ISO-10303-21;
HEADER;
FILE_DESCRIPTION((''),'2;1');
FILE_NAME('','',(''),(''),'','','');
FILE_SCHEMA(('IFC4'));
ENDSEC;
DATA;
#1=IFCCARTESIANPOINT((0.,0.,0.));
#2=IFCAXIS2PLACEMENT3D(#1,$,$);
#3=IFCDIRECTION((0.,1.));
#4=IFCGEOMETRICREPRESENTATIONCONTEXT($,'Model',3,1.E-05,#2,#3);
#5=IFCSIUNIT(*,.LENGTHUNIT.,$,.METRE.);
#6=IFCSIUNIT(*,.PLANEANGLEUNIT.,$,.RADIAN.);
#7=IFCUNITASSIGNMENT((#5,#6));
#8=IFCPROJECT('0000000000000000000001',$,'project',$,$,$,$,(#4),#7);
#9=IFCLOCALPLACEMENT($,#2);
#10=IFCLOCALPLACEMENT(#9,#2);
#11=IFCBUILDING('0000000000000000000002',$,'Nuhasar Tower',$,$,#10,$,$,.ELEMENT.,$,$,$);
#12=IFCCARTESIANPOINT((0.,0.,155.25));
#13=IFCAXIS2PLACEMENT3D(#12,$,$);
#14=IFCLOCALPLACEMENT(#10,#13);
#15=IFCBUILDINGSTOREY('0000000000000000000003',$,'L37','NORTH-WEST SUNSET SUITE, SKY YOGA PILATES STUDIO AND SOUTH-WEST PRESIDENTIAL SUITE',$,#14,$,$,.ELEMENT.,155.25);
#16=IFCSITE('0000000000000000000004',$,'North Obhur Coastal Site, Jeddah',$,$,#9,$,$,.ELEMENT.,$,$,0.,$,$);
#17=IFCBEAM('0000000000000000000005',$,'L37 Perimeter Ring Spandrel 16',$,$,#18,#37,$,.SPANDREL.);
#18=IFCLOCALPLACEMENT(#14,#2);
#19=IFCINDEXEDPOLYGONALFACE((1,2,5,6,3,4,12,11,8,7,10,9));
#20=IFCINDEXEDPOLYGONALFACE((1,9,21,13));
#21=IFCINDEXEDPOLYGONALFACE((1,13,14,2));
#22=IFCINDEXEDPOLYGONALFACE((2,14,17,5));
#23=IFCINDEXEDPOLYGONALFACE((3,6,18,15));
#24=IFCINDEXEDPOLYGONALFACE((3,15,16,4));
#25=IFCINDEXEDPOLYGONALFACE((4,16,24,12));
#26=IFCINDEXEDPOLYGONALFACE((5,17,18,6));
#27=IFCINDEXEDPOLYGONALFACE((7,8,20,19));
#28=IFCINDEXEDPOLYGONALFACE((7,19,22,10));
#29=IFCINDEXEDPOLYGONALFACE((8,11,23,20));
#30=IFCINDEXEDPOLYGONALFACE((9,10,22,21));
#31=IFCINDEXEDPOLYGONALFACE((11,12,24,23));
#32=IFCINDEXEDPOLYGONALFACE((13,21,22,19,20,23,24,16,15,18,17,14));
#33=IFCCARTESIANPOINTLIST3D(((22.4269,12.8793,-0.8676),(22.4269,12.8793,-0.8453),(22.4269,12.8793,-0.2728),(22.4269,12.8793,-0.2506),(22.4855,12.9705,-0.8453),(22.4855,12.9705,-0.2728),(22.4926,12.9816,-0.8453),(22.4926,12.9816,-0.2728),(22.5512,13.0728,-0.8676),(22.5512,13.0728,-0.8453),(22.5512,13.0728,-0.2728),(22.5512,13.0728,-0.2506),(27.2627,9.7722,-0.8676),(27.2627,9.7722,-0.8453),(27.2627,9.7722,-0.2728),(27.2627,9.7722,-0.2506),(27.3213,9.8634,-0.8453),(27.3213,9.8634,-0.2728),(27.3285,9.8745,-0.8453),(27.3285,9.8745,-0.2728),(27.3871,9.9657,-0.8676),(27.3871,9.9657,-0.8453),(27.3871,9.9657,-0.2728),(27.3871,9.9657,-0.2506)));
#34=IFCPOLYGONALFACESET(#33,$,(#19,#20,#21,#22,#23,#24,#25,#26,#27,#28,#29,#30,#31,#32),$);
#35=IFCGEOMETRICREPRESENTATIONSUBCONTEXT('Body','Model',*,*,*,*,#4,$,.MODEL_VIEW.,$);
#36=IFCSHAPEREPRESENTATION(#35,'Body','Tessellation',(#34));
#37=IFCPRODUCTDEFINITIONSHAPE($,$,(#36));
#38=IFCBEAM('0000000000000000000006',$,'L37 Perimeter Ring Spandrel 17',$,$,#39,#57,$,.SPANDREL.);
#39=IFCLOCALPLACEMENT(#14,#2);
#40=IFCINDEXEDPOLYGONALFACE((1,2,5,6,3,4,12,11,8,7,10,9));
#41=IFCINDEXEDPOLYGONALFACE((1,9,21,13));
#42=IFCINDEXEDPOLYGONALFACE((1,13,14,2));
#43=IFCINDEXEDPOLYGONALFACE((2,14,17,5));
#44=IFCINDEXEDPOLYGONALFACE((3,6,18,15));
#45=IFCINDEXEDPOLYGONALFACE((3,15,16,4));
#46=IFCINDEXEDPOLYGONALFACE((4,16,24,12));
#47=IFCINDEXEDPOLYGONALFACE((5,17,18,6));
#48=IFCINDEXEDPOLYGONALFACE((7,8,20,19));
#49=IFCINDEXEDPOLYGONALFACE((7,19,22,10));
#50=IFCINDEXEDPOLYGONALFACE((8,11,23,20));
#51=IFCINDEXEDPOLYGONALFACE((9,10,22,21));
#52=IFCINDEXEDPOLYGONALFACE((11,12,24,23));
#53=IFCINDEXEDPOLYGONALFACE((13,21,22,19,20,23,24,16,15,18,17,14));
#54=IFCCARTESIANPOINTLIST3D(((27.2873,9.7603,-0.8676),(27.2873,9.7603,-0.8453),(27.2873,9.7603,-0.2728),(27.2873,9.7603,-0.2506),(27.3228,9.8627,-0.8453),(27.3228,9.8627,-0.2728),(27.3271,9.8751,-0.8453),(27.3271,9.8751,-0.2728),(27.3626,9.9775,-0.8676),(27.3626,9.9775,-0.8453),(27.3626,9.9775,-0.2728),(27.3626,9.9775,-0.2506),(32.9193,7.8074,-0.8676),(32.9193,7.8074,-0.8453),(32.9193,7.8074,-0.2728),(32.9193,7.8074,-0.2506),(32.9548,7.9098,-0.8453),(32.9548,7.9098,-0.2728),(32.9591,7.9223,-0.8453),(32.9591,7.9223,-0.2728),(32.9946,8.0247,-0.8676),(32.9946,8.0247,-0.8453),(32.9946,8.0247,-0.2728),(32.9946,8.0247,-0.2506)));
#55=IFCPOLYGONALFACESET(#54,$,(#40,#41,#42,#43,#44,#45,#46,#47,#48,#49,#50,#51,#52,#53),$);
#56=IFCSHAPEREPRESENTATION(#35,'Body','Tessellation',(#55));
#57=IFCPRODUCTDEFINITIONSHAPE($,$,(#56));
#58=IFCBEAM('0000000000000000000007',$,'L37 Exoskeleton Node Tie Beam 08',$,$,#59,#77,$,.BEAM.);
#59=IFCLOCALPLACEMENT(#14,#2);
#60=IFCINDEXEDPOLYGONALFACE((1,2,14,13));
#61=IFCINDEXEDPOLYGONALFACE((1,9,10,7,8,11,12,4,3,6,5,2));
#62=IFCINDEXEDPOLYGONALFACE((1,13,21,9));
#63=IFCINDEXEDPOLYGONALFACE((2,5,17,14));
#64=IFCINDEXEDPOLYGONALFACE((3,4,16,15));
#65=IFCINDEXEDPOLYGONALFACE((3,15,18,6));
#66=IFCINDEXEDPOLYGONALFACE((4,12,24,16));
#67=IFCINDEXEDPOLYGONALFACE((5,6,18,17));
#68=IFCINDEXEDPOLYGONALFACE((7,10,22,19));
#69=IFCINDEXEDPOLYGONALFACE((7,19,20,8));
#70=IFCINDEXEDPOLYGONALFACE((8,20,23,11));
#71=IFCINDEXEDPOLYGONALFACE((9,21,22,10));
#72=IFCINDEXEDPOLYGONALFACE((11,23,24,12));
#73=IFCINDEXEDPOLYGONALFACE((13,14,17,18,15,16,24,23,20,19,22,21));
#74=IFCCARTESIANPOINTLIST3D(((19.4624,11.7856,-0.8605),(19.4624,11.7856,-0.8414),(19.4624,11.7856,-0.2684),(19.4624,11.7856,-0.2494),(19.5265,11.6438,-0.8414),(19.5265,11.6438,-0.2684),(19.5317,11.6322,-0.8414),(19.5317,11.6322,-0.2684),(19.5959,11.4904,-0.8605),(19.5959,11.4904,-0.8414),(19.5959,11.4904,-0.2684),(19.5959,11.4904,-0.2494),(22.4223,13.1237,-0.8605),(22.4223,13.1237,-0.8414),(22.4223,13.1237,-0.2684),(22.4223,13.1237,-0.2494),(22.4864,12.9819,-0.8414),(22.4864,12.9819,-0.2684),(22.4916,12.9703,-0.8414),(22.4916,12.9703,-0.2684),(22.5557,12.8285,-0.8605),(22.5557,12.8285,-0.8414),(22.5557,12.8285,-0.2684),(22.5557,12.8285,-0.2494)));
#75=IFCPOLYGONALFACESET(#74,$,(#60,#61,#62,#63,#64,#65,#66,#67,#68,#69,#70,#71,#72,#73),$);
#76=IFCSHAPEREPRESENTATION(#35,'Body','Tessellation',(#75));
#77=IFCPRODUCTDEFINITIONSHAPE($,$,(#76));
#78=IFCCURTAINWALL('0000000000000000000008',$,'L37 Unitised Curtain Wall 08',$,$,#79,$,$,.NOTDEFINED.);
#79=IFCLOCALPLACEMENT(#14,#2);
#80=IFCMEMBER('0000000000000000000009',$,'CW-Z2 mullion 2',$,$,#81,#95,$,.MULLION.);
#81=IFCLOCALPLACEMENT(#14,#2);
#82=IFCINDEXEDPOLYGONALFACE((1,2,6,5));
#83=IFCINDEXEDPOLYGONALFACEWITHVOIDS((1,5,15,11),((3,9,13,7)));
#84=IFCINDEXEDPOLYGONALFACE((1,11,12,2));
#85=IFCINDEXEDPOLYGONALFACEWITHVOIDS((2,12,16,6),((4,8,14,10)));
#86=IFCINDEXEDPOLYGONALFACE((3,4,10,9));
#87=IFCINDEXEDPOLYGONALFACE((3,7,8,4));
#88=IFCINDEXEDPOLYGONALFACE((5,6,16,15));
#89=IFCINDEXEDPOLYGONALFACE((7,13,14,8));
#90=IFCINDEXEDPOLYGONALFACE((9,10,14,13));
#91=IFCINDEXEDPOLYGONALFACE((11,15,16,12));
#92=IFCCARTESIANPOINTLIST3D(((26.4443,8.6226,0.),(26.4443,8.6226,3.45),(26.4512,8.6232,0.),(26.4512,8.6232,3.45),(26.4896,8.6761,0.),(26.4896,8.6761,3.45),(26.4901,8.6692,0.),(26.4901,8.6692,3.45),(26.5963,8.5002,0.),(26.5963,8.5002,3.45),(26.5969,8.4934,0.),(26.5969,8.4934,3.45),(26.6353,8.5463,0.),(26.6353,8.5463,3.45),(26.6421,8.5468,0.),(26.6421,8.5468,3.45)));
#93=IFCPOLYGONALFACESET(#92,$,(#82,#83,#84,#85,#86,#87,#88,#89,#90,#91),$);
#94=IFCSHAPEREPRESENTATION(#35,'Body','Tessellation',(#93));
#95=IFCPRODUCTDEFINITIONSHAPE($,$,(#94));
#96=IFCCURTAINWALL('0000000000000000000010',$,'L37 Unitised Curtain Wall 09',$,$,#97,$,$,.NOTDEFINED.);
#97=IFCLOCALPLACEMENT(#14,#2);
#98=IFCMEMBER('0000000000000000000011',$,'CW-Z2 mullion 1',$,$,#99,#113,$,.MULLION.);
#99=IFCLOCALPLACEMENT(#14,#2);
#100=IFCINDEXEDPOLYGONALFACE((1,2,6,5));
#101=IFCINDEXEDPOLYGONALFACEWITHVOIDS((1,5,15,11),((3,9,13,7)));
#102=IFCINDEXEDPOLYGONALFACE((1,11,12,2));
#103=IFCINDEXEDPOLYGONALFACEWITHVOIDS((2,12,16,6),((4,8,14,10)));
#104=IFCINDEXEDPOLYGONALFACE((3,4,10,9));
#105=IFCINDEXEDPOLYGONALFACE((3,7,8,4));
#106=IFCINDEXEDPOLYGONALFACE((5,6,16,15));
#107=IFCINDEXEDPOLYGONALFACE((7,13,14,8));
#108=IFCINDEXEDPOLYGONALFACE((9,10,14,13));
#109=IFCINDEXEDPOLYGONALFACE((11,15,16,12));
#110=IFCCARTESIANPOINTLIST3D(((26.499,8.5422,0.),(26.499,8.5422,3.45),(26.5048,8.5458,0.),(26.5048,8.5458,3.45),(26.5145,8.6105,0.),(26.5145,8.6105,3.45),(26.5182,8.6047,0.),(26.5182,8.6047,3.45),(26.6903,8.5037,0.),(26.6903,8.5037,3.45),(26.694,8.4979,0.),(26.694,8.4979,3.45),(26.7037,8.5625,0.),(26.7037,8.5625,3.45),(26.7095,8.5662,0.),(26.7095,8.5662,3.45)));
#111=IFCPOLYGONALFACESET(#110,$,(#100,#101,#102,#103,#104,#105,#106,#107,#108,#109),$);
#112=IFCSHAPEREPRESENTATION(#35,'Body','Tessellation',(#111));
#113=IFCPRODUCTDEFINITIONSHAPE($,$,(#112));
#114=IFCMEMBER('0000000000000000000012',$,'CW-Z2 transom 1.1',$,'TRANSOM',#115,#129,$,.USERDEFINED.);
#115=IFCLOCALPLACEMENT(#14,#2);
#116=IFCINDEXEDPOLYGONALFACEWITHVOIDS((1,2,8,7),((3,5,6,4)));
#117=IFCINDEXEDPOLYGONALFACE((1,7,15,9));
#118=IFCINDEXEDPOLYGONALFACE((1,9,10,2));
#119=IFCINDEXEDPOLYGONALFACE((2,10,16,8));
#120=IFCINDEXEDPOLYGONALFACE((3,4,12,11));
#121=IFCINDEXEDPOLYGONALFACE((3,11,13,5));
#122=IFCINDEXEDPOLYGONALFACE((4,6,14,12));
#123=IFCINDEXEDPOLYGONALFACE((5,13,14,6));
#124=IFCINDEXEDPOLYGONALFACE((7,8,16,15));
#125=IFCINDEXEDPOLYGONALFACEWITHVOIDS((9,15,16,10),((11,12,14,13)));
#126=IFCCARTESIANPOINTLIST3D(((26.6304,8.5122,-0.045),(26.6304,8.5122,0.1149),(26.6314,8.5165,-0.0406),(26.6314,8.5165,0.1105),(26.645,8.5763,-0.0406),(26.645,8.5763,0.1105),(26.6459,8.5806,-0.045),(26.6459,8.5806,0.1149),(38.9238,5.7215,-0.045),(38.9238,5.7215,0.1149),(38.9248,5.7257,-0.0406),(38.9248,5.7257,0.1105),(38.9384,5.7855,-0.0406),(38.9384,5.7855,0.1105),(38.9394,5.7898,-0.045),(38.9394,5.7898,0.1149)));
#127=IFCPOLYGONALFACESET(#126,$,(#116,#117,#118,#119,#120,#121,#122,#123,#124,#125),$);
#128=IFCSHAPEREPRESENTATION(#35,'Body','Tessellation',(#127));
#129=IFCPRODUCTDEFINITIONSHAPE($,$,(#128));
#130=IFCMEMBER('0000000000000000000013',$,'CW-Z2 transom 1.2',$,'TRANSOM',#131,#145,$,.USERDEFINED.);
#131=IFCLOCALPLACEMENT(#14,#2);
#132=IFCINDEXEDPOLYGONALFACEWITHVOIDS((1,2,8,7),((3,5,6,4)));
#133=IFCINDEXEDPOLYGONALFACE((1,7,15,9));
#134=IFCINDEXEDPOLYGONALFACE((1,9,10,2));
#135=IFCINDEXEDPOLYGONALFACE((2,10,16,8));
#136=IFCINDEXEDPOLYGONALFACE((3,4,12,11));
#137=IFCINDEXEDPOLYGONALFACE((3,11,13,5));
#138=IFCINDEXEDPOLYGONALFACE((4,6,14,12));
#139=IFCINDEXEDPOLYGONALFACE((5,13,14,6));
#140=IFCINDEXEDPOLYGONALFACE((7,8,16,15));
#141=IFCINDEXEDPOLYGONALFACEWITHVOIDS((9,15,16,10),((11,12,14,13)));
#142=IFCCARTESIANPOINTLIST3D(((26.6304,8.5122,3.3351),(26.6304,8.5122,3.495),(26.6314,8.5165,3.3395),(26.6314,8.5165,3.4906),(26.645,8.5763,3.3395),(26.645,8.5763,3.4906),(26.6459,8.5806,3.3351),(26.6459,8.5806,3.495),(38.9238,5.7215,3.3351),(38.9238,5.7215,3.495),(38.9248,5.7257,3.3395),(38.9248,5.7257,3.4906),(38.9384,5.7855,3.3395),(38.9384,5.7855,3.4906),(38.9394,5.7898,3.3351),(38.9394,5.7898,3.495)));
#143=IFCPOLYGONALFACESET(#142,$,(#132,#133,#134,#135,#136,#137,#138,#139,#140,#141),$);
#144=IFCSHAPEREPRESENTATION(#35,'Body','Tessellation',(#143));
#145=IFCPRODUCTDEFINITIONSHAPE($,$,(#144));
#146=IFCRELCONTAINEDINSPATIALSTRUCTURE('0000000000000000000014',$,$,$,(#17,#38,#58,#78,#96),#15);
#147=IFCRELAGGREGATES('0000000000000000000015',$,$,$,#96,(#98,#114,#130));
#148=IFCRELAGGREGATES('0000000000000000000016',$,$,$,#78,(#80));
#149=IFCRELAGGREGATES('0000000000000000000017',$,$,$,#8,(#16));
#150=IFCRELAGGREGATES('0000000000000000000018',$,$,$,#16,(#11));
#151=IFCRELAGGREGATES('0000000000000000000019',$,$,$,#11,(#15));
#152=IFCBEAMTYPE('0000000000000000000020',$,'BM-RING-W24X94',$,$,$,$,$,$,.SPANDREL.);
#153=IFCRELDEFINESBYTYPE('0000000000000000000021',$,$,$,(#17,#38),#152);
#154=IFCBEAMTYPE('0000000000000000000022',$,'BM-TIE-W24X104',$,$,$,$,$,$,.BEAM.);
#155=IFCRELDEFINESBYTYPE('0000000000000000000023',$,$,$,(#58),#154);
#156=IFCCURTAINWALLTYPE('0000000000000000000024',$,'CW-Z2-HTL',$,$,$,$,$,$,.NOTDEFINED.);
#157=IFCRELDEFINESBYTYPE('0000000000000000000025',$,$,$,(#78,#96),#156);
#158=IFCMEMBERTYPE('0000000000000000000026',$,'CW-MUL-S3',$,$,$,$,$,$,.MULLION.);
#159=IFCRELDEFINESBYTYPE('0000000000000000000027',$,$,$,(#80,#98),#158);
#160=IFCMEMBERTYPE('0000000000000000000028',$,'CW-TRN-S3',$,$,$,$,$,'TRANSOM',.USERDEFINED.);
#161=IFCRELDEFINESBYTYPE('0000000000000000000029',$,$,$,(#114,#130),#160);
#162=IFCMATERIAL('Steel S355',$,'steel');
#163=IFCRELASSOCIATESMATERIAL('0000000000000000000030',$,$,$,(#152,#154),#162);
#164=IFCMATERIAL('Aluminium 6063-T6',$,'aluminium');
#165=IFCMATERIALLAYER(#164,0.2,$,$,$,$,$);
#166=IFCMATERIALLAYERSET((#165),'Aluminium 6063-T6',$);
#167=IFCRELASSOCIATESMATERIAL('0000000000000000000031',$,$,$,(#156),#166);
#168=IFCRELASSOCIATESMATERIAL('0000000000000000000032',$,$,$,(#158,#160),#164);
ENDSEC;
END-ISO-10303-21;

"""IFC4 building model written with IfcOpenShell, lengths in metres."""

from ifc_helpers import new_model, si_unit, direction, frame, origin, origin_2d, place, context, subcontext, project, spatial, hollow_rectangle, i_section, extrude, material, layer, layer_set, material_profile, profile_set, type_object, element, aggregate, save


model = new_model("IFC4")

# Units and contexts
model_context = context("Model", 3, precision=1e-05, world=origin(), true_north=direction((0.0, 1.0)))
body_context = subcontext(model_context, "Body", "Model", "MODEL_VIEW")
ifc_project = project(units=[si_unit("LENGTHUNIT", "METRE"), si_unit("PLANEANGLEUNIT", "RADIAN")], contexts=[model_context])

# Site, building, storey
site_placement = place(None, origin())
site = spatial("IfcSite", under=ifc_project, at=site_placement, Name="North Obhur Coastal Site, Jeddah", CompositionType="ELEMENT", RefElevation=0.0)
building_placement = place(site_placement, origin())
building = spatial("IfcBuilding", under=site, at=building_placement, Name="Nuhasar Tower", CompositionType="ELEMENT")
storey_placement = place(building_placement, frame((0.0, 0.0, 155.25)))
storey = spatial("IfcBuildingStorey", under=building, at=storey_placement, Name="L37", Description="NORTH-WEST SUNSET SUITE, SKY YOGA PILATES STUDIO AND SOUTH-WEST PRESIDENTIAL SUITE", CompositionType="ELEMENT", Elevation=155.25)

# Beams
ifc_material_1 = material(Name="Steel S355", Category="steel")
ifc_material_profile_1 = material_profile(ifc_material_1, i_section(OverallWidth=0.23, OverallDepth=0.6169, WebThickness=0.0132, FlangeThickness=0.0222, at=origin_2d()), Name="W24X94")
ifc_profile_set_1 = profile_set([ifc_material_profile_1], Name="Steel S355")
beam_type_1 = type_object("IfcBeamType", Name="BM-RING-W24X94", PredefinedType="SPANDREL", material=ifc_profile_set_1)
beam_1_placement = place(storey_placement, frame((22.489, 12.9761, -0.5591), z_axis=(0.841308, -0.540556, 0.0), x_axis=(0.540556, 0.841308, 0.0)))
element("IfcBeam", 1, at=beam_1_placement, inside=storey, type_object=beam_type_1, Name="L37 Perimeter Ring Spandrel 16", PredefinedType="SPANDREL", context=body_context, shape_type="SweptSolid", body=[
    extrude(i_section(OverallWidth=0.23, OverallDepth=0.6169, WebThickness=0.0132, FlangeThickness=0.0222, at=origin_2d()), origin(), (0.0, 0.0, 1.0), 5.748),
])
beam_2_placement = place(storey_placement, frame((27.325, 9.8689, -0.5591), z_axis=(0.944814, -0.327607, 0.0), x_axis=(0.327607, 0.944814, 0.0)))
element("IfcBeam", 2, at=beam_2_placement, inside=storey, type_object=beam_type_1, Name="L37 Perimeter Ring Spandrel 17", PredefinedType="SPANDREL", context=body_context, shape_type="SweptSolid", body=[
    extrude(i_section(OverallWidth=0.23, OverallDepth=0.6169, WebThickness=0.0132, FlangeThickness=0.0222, at=origin_2d()), origin(), (0.0, 0.0, 1.0), 5.9609),
])
ifc_material_profile_2 = material_profile(ifc_material_1, i_section(OverallWidth=0.324, OverallDepth=0.6111, WebThickness=0.0127, FlangeThickness=0.019, at=origin_2d()), Name="W24X104")
ifc_profile_set_2 = profile_set([ifc_material_profile_2], Name="Steel S355")
beam_type_2 = type_object("IfcBeamType", Name="BM-TIE-W24X104", PredefinedType="BEAM", material=ifc_profile_set_2)
beam_3_placement = place(storey_placement, frame((22.489, 12.9761, -0.5549), z_axis=(-0.911211, -0.411939, 0.0), x_axis=(0.411939, -0.911211, 0.0)))
element("IfcBeam", 3, at=beam_3_placement, inside=storey, type_object=beam_type_2, Name="L37 Exoskeleton Node Tie Beam 08", PredefinedType="BEAM", context=body_context, shape_type="SweptSolid", body=[
    extrude(i_section(OverallWidth=0.324, OverallDepth=0.6111, WebThickness=0.0127, FlangeThickness=0.019, at=origin_2d()), origin(), (0.0, 0.0, 1.0), 3.2483),
])

# Curtain wall, member
ifc_material_2 = material(Name="Aluminium 6063-T6", Category="aluminium")
ifc_layer_1 = layer(ifc_material_2, 0.2)
ifc_layer_set_1 = layer_set([ifc_layer_1], Name="Aluminium 6063-T6")
curtain_wall_type = type_object("IfcCurtainWallType", Name="CW-Z2-HTL", PredefinedType="NOTDEFINED", material=ifc_layer_set_1)
curtain_wall_1_placement = place(storey_placement, origin())
curtain_wall_1 = element("IfcCurtainWall", 4, at=curtain_wall_1_placement, inside=storey, type_object=curtain_wall_type, Name="L37 Unitised Curtain Wall 08", PredefinedType="NOTDEFINED")
ifc_material_profile_3 = material_profile(ifc_material_2, hollow_rectangle(XDim=0.0701, YDim=0.2, WallThickness=0.0049, at=origin_2d()), Name="CWM-3")
ifc_profile_set_3 = profile_set([ifc_material_profile_3], Name="Aluminium 6063-T6")
member_type_1 = type_object("IfcMemberType", Name="CW-MUL-S3", PredefinedType="MULLION", material=ifc_profile_set_3)
member_1_placement = place(storey_placement, frame((26.5432, 8.5847, 0.0), z_axis=(0.0, 0.0, 1.0), x_axis=(0.646374, 0.76302, 0.0)))
member_1 = element("IfcMember", 5, at=member_1_placement, type_object=member_type_1, Name="CW-Z2 mullion 2", PredefinedType="MULLION", context=body_context, shape_type="SweptSolid", body=[
    extrude(hollow_rectangle(XDim=0.0701, YDim=0.2, WallThickness=0.0049, at=origin_2d()), origin(), (0.0, 0.0, 1.0), 3.45),
])

# Curtain wall, members
curtain_wall_2_placement = place(storey_placement, origin())
curtain_wall_2 = element("IfcCurtainWall", 6, at=curtain_wall_2_placement, inside=storey, type_object=curtain_wall_type, Name="L37 Unitised Curtain Wall 09", PredefinedType="NOTDEFINED")
member_2_placement = place(storey_placement, frame((26.6042, 8.5542, 0.0), z_axis=(0.0, 0.0, 1.0), x_axis=(0.221397, 0.975184, 0.0)))
member_2 = element("IfcMember", 7, at=member_2_placement, type_object=member_type_1, Name="CW-Z2 mullion 1", PredefinedType="MULLION", context=body_context, shape_type="SweptSolid", body=[
    extrude(hollow_rectangle(XDim=0.0701, YDim=0.2, WallThickness=0.0049, at=origin_2d()), origin(), (0.0, 0.0, 1.0), 3.45),
])
ifc_material_profile_4 = material_profile(ifc_material_2, hollow_rectangle(XDim=0.0701, YDim=0.1599, WallThickness=0.0044, at=origin_2d()), Name="CWT-3")
ifc_profile_set_4 = profile_set([ifc_material_profile_4], Name="Aluminium 6063-T6")
member_type_2 = type_object("IfcMemberType", Name="CW-TRN-S3", ElementType="TRANSOM", PredefinedType="USERDEFINED", material=ifc_profile_set_4)
member_3_placement = place(storey_placement, frame((26.6382, 8.5464, 0.0349), z_axis=(0.975188, -0.22138, 0.0), x_axis=(0.22138, 0.975188, 0.0)))
member_3 = element("IfcMember", 8, at=member_3_placement, type_object=member_type_2, Name="CW-Z2 transom 1.1", ObjectType="TRANSOM", PredefinedType="USERDEFINED", context=body_context, shape_type="SweptSolid", body=[
    extrude(hollow_rectangle(XDim=0.0701, YDim=0.1599, WallThickness=0.0044, at=origin_2d()), origin(), (0.0, 0.0, 1.0), 12.6062),
])
member_4_placement = place(storey_placement, frame((26.6382, 8.5464, 3.415), z_axis=(0.975188, -0.22138, 0.0), x_axis=(0.22138, 0.975188, 0.0)))
member_4 = element("IfcMember", 9, at=member_4_placement, type_object=member_type_2, Name="CW-Z2 transom 1.2", ObjectType="TRANSOM", PredefinedType="USERDEFINED", context=body_context, shape_type="SweptSolid", body=[
    extrude(hollow_rectangle(XDim=0.0701, YDim=0.1599, WallThickness=0.0044, at=origin_2d()), origin(), (0.0, 0.0, 1.0), 12.6062),
])
aggregate(curtain_wall_2, [member_2, member_3, member_4])

aggregate(curtain_wall_1, [member_1])

save(model, "model.ifc")
